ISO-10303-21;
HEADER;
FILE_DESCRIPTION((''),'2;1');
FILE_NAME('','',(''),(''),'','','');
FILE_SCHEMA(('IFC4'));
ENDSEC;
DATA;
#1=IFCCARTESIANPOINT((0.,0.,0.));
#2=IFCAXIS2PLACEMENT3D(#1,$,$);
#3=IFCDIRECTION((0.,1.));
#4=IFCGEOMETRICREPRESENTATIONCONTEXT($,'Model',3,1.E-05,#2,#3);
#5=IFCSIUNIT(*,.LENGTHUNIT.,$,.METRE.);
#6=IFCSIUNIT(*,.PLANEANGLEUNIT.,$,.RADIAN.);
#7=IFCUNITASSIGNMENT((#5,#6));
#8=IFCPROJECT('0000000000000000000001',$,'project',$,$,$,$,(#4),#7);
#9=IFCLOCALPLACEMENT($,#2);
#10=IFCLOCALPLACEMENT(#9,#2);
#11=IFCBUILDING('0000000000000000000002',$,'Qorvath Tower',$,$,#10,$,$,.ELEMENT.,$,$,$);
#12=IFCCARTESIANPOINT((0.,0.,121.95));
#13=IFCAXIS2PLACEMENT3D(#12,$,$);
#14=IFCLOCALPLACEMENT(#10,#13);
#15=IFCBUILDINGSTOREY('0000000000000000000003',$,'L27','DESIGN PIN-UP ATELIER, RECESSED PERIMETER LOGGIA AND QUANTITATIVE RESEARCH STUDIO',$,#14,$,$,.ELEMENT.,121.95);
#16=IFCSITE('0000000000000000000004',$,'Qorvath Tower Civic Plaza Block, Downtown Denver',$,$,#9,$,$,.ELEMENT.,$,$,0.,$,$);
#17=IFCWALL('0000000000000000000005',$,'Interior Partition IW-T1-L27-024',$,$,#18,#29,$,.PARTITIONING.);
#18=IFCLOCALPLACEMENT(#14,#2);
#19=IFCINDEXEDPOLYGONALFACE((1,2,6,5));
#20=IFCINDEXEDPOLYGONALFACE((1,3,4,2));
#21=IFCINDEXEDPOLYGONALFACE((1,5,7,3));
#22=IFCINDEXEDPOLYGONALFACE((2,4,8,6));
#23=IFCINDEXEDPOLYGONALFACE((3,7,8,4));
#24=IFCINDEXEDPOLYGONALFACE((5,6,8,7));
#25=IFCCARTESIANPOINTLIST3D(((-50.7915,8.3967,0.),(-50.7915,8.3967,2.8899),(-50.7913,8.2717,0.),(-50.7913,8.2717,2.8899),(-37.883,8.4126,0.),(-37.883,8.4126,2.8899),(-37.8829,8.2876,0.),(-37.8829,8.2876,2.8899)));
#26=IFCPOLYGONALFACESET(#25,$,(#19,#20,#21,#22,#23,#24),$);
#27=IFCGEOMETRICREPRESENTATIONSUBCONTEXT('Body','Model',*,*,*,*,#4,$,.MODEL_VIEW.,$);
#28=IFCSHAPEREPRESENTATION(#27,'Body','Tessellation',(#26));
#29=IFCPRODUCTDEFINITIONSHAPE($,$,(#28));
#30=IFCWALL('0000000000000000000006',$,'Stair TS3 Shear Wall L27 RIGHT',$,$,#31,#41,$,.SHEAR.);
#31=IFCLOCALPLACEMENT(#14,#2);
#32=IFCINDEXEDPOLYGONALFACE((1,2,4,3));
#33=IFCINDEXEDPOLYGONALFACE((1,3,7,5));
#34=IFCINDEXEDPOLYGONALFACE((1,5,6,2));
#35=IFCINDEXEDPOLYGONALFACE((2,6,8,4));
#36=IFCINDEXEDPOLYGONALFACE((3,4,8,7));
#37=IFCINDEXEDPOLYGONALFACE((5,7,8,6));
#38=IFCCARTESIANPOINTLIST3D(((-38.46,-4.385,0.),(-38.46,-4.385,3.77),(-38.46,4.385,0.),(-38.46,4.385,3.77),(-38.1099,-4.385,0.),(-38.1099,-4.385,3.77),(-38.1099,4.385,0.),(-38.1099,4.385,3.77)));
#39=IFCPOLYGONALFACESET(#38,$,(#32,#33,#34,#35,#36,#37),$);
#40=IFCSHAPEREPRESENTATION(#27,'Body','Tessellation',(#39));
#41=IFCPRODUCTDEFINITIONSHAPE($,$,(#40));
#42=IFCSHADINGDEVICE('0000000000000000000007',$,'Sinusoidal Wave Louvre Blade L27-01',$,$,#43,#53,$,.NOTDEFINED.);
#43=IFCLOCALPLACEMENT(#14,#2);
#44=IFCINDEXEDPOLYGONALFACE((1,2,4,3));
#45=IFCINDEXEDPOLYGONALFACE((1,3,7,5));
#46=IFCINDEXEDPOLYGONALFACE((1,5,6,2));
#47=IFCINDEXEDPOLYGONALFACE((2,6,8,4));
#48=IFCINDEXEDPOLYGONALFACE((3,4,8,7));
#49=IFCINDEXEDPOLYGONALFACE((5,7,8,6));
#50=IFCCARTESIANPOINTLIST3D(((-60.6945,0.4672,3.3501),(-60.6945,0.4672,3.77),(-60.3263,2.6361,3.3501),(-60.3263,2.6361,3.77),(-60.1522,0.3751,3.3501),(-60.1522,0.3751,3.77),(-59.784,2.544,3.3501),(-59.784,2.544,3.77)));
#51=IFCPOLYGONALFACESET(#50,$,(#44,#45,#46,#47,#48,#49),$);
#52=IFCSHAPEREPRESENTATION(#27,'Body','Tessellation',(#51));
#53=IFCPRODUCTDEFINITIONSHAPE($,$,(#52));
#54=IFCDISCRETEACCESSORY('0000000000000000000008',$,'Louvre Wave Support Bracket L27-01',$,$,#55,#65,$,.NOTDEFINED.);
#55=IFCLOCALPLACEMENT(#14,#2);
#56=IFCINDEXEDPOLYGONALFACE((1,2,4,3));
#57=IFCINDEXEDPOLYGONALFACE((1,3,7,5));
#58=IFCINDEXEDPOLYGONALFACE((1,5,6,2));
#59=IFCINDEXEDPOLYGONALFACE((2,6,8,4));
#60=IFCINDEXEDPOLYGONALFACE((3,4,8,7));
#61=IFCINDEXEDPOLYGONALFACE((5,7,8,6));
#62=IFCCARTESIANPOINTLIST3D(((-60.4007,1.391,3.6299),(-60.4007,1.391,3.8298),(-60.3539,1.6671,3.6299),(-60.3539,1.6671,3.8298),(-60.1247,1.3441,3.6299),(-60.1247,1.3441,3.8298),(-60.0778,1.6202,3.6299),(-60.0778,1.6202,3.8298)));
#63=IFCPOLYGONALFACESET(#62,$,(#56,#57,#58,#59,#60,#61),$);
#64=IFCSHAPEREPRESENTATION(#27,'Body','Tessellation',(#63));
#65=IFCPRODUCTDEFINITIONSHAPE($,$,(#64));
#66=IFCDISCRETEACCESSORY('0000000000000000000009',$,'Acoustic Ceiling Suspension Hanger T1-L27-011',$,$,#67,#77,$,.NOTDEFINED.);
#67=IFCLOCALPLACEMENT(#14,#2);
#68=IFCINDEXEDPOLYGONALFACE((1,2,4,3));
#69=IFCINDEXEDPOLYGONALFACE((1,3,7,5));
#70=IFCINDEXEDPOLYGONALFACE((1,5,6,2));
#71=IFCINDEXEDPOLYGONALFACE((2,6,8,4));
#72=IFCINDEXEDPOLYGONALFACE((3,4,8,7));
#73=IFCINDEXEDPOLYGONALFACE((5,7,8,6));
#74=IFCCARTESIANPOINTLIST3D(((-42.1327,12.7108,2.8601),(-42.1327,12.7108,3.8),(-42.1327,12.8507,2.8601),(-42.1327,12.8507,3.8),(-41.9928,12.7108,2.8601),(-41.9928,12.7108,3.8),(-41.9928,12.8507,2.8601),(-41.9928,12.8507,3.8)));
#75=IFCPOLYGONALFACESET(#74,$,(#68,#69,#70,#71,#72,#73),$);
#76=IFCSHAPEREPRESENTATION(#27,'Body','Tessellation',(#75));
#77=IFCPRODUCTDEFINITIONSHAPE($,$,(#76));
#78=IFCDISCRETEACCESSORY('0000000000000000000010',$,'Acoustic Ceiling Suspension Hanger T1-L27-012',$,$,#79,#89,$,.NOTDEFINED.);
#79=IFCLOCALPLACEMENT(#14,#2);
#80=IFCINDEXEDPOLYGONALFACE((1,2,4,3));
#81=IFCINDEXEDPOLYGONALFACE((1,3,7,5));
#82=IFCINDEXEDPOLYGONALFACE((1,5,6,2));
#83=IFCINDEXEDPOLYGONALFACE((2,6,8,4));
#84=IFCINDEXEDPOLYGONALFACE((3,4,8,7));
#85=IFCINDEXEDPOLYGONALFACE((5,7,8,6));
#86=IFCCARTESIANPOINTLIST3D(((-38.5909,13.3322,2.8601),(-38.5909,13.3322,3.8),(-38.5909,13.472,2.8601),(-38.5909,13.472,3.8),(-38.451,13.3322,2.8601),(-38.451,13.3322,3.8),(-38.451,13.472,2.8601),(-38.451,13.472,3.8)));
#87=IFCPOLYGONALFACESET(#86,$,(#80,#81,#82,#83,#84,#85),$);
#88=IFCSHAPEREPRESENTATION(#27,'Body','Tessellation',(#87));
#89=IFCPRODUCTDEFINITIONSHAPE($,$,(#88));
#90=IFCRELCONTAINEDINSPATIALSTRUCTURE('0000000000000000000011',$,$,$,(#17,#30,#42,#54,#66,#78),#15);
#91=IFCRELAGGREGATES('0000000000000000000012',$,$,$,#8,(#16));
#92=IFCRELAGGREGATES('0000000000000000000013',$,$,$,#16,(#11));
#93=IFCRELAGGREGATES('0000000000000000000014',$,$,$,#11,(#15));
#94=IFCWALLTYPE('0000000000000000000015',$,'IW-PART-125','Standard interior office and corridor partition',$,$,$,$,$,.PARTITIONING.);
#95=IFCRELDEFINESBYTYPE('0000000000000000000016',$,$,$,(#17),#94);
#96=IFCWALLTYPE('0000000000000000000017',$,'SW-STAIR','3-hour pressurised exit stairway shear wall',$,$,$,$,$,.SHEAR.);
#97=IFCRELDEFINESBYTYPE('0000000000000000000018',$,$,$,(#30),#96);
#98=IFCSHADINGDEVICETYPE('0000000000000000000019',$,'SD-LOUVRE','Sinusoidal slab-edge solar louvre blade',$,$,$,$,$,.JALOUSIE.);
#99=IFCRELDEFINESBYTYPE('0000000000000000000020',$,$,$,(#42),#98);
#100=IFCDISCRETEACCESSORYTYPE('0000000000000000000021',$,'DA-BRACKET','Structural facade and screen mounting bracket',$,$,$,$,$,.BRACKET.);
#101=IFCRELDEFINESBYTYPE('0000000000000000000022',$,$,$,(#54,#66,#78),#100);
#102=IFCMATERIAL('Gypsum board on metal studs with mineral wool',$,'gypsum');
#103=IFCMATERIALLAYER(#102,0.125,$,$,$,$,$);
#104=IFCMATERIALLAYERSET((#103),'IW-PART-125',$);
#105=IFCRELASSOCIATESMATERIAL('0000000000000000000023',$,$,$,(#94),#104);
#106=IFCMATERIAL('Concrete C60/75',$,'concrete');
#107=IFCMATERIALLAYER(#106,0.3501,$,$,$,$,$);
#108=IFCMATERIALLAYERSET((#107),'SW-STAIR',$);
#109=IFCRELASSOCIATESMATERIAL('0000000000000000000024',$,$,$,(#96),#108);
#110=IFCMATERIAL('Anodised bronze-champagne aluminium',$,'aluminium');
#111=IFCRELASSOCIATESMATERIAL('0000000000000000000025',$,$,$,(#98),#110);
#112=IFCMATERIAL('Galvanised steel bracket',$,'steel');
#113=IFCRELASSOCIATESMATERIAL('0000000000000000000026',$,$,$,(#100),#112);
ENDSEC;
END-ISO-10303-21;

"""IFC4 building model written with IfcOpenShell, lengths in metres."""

from ifc_helpers import new_model, si_unit, direction, frame, frame_2d, origin, origin_2d, place, context, subcontext, project, spatial, rectangle, extrude, material, layer, layer_set, type_object, element, save


model = new_model("IFC4")

# Units and contexts
model_context = context("Model", 3, precision=1e-05, world=origin(), true_north=direction((0.0, 1.0)))
body_context = subcontext(model_context, "Body", "Model", "MODEL_VIEW")
ifc_project = project(units=[si_unit("LENGTHUNIT", "METRE"), si_unit("PLANEANGLEUNIT", "RADIAN")], contexts=[model_context])

# Site, building, storey
site_placement = place(None, origin())
site = spatial("IfcSite", under=ifc_project, at=site_placement, Name="Qorvath Tower Civic Plaza Block, Downtown Denver", CompositionType="ELEMENT", RefElevation=0.0)
building_placement = place(site_placement, origin())
building = spatial("IfcBuilding", under=site, at=building_placement, Name="Qorvath Tower", CompositionType="ELEMENT")
storey_placement = place(building_placement, frame((0.0, 0.0, 121.95)))
storey = spatial("IfcBuildingStorey", under=building, at=storey_placement, Name="L27", Description="DESIGN PIN-UP ATELIER, RECESSED PERIMETER LOGGIA AND QUANTITATIVE RESEARCH STUDIO", CompositionType="ELEMENT", Elevation=121.95)

# Walls
ifc_material_1 = material(Name="Gypsum board on metal studs with mineral wool", Category="gypsum")
ifc_layer_1 = layer(ifc_material_1, 0.125)
ifc_layer_set_1 = layer_set([ifc_layer_1], Name="IW-PART-125")
wall_type_1 = type_object("IfcWallType", Name="IW-PART-125", Description="Standard interior office and corridor partition", PredefinedType="PARTITIONING", material=ifc_layer_set_1)
wall_1_placement = place(storey_placement, frame((-50.7913, 8.3342, 0.0), z_axis=(0.0, 0.0, 1.0), x_axis=(0.999999, 0.001229, 0.0)))
element("IfcWall", 1, at=wall_1_placement, inside=storey, type_object=wall_type_1, Name="Interior Partition IW-T1-L27-024", PredefinedType="PARTITIONING", context=body_context, shape_type="SweptSolid", body=[
    extrude(rectangle(XDim=12.9084, YDim=0.125, at=frame_2d((6.4541, 0.0))), origin(), (0.0, 0.0, 1.0), 2.8899),
])
ifc_material_2 = material(Name="Concrete C60/75", Category="concrete")
ifc_layer_2 = layer(ifc_material_2, 0.3501)
ifc_layer_set_2 = layer_set([ifc_layer_2], Name="SW-STAIR")
wall_type_2 = type_object("IfcWallType", Name="SW-STAIR", Description="3-hour pressurised exit stairway shear wall", PredefinedType="SHEAR", material=ifc_layer_set_2)
wall_2_placement = place(storey_placement, frame((-38.2849, 4.385, 0.0), z_axis=(0.0, 0.0, 1.0), x_axis=(0.0, -1.0, 0.0)))
element("IfcWall", 2, at=wall_2_placement, inside=storey, type_object=wall_type_2, Name="Stair TS3 Shear Wall L27 RIGHT", PredefinedType="SHEAR", context=body_context, shape_type="SweptSolid", body=[
    extrude(rectangle(XDim=8.77, YDim=0.3501, at=frame_2d((4.385, 0.0))), origin(), (0.0, 0.0, 1.0), 3.77),
])

# Shading device
ifc_material_3 = material(Name="Anodised bronze-champagne aluminium", Category="aluminium")
shading_device_type = type_object("IfcShadingDeviceType", Name="SD-LOUVRE", Description="Sinusoidal slab-edge solar louvre blade", PredefinedType="JALOUSIE", material=ifc_material_3)
shading_device_placement = place(storey_placement, frame((-60.2393, 1.5056, 3.3501), z_axis=(0.0, 0.0, 1.0), x_axis=(-0.167371, -0.985894, 0.0)))
element("IfcShadingDevice", 3, at=shading_device_placement, inside=storey, type_object=shading_device_type, Name="Sinusoidal Wave Louvre Blade L27-01", PredefinedType="NOTDEFINED", context=body_context, shape_type="SweptSolid", body=[
    extrude(rectangle(XDim=2.2, YDim=0.55, at=origin_2d()), origin(), (0.0, 0.0, 1.0), 0.4199),
])

# Discrete accessories
ifc_material_4 = material(Name="Galvanised steel bracket", Category="steel")
discrete_accessory_type = type_object("IfcDiscreteAccessoryType", Name="DA-BRACKET", Description="Structural facade and screen mounting bracket", PredefinedType="BRACKET", material=ifc_material_4)
discrete_accessory_placement = place(storey_placement, frame((-60.2393, 1.5056, 3.6299), z_axis=(0.0, 0.0, 1.0), x_axis=(-0.167371, -0.985894, 0.0)))
element("IfcDiscreteAccessory", 4, at=discrete_accessory_placement, inside=storey, type_object=discrete_accessory_type, Name="Louvre Wave Support Bracket L27-01", PredefinedType="NOTDEFINED", context=body_context, shape_type="SweptSolid", body=[
    extrude(rectangle(XDim=0.28, YDim=0.28, at=origin_2d()), origin(), (0.0, 0.0, 1.0), 0.2),
])
for number, where, z_axis, x_axis, name in (
    (5, (-42.0627, 12.7808, 2.8601), (0.0, 0.0, 1.0), (1.0, 0.0, 0.0), "Acoustic Ceiling Suspension Hanger T1-L27-011"),
    (6, (-38.521, 13.4021, 2.8601), (0.0, 0.0, 1.0), (1.0, 0.0, 0.0), "Acoustic Ceiling Suspension Hanger T1-L27-012"),
):
    element("IfcDiscreteAccessory", number, at=place(storey_placement, frame(where, z_axis=z_axis, x_axis=x_axis)), inside=storey, type_object=discrete_accessory_type, Name=name, PredefinedType="NOTDEFINED", context=body_context, shape_type="SweptSolid", body=[
        extrude(rectangle(XDim=0.1399, YDim=0.1399, at=origin_2d()), origin(), (0.0, 0.0, 1.0), 0.9399),
    ])

save(model, "model.ifc")
